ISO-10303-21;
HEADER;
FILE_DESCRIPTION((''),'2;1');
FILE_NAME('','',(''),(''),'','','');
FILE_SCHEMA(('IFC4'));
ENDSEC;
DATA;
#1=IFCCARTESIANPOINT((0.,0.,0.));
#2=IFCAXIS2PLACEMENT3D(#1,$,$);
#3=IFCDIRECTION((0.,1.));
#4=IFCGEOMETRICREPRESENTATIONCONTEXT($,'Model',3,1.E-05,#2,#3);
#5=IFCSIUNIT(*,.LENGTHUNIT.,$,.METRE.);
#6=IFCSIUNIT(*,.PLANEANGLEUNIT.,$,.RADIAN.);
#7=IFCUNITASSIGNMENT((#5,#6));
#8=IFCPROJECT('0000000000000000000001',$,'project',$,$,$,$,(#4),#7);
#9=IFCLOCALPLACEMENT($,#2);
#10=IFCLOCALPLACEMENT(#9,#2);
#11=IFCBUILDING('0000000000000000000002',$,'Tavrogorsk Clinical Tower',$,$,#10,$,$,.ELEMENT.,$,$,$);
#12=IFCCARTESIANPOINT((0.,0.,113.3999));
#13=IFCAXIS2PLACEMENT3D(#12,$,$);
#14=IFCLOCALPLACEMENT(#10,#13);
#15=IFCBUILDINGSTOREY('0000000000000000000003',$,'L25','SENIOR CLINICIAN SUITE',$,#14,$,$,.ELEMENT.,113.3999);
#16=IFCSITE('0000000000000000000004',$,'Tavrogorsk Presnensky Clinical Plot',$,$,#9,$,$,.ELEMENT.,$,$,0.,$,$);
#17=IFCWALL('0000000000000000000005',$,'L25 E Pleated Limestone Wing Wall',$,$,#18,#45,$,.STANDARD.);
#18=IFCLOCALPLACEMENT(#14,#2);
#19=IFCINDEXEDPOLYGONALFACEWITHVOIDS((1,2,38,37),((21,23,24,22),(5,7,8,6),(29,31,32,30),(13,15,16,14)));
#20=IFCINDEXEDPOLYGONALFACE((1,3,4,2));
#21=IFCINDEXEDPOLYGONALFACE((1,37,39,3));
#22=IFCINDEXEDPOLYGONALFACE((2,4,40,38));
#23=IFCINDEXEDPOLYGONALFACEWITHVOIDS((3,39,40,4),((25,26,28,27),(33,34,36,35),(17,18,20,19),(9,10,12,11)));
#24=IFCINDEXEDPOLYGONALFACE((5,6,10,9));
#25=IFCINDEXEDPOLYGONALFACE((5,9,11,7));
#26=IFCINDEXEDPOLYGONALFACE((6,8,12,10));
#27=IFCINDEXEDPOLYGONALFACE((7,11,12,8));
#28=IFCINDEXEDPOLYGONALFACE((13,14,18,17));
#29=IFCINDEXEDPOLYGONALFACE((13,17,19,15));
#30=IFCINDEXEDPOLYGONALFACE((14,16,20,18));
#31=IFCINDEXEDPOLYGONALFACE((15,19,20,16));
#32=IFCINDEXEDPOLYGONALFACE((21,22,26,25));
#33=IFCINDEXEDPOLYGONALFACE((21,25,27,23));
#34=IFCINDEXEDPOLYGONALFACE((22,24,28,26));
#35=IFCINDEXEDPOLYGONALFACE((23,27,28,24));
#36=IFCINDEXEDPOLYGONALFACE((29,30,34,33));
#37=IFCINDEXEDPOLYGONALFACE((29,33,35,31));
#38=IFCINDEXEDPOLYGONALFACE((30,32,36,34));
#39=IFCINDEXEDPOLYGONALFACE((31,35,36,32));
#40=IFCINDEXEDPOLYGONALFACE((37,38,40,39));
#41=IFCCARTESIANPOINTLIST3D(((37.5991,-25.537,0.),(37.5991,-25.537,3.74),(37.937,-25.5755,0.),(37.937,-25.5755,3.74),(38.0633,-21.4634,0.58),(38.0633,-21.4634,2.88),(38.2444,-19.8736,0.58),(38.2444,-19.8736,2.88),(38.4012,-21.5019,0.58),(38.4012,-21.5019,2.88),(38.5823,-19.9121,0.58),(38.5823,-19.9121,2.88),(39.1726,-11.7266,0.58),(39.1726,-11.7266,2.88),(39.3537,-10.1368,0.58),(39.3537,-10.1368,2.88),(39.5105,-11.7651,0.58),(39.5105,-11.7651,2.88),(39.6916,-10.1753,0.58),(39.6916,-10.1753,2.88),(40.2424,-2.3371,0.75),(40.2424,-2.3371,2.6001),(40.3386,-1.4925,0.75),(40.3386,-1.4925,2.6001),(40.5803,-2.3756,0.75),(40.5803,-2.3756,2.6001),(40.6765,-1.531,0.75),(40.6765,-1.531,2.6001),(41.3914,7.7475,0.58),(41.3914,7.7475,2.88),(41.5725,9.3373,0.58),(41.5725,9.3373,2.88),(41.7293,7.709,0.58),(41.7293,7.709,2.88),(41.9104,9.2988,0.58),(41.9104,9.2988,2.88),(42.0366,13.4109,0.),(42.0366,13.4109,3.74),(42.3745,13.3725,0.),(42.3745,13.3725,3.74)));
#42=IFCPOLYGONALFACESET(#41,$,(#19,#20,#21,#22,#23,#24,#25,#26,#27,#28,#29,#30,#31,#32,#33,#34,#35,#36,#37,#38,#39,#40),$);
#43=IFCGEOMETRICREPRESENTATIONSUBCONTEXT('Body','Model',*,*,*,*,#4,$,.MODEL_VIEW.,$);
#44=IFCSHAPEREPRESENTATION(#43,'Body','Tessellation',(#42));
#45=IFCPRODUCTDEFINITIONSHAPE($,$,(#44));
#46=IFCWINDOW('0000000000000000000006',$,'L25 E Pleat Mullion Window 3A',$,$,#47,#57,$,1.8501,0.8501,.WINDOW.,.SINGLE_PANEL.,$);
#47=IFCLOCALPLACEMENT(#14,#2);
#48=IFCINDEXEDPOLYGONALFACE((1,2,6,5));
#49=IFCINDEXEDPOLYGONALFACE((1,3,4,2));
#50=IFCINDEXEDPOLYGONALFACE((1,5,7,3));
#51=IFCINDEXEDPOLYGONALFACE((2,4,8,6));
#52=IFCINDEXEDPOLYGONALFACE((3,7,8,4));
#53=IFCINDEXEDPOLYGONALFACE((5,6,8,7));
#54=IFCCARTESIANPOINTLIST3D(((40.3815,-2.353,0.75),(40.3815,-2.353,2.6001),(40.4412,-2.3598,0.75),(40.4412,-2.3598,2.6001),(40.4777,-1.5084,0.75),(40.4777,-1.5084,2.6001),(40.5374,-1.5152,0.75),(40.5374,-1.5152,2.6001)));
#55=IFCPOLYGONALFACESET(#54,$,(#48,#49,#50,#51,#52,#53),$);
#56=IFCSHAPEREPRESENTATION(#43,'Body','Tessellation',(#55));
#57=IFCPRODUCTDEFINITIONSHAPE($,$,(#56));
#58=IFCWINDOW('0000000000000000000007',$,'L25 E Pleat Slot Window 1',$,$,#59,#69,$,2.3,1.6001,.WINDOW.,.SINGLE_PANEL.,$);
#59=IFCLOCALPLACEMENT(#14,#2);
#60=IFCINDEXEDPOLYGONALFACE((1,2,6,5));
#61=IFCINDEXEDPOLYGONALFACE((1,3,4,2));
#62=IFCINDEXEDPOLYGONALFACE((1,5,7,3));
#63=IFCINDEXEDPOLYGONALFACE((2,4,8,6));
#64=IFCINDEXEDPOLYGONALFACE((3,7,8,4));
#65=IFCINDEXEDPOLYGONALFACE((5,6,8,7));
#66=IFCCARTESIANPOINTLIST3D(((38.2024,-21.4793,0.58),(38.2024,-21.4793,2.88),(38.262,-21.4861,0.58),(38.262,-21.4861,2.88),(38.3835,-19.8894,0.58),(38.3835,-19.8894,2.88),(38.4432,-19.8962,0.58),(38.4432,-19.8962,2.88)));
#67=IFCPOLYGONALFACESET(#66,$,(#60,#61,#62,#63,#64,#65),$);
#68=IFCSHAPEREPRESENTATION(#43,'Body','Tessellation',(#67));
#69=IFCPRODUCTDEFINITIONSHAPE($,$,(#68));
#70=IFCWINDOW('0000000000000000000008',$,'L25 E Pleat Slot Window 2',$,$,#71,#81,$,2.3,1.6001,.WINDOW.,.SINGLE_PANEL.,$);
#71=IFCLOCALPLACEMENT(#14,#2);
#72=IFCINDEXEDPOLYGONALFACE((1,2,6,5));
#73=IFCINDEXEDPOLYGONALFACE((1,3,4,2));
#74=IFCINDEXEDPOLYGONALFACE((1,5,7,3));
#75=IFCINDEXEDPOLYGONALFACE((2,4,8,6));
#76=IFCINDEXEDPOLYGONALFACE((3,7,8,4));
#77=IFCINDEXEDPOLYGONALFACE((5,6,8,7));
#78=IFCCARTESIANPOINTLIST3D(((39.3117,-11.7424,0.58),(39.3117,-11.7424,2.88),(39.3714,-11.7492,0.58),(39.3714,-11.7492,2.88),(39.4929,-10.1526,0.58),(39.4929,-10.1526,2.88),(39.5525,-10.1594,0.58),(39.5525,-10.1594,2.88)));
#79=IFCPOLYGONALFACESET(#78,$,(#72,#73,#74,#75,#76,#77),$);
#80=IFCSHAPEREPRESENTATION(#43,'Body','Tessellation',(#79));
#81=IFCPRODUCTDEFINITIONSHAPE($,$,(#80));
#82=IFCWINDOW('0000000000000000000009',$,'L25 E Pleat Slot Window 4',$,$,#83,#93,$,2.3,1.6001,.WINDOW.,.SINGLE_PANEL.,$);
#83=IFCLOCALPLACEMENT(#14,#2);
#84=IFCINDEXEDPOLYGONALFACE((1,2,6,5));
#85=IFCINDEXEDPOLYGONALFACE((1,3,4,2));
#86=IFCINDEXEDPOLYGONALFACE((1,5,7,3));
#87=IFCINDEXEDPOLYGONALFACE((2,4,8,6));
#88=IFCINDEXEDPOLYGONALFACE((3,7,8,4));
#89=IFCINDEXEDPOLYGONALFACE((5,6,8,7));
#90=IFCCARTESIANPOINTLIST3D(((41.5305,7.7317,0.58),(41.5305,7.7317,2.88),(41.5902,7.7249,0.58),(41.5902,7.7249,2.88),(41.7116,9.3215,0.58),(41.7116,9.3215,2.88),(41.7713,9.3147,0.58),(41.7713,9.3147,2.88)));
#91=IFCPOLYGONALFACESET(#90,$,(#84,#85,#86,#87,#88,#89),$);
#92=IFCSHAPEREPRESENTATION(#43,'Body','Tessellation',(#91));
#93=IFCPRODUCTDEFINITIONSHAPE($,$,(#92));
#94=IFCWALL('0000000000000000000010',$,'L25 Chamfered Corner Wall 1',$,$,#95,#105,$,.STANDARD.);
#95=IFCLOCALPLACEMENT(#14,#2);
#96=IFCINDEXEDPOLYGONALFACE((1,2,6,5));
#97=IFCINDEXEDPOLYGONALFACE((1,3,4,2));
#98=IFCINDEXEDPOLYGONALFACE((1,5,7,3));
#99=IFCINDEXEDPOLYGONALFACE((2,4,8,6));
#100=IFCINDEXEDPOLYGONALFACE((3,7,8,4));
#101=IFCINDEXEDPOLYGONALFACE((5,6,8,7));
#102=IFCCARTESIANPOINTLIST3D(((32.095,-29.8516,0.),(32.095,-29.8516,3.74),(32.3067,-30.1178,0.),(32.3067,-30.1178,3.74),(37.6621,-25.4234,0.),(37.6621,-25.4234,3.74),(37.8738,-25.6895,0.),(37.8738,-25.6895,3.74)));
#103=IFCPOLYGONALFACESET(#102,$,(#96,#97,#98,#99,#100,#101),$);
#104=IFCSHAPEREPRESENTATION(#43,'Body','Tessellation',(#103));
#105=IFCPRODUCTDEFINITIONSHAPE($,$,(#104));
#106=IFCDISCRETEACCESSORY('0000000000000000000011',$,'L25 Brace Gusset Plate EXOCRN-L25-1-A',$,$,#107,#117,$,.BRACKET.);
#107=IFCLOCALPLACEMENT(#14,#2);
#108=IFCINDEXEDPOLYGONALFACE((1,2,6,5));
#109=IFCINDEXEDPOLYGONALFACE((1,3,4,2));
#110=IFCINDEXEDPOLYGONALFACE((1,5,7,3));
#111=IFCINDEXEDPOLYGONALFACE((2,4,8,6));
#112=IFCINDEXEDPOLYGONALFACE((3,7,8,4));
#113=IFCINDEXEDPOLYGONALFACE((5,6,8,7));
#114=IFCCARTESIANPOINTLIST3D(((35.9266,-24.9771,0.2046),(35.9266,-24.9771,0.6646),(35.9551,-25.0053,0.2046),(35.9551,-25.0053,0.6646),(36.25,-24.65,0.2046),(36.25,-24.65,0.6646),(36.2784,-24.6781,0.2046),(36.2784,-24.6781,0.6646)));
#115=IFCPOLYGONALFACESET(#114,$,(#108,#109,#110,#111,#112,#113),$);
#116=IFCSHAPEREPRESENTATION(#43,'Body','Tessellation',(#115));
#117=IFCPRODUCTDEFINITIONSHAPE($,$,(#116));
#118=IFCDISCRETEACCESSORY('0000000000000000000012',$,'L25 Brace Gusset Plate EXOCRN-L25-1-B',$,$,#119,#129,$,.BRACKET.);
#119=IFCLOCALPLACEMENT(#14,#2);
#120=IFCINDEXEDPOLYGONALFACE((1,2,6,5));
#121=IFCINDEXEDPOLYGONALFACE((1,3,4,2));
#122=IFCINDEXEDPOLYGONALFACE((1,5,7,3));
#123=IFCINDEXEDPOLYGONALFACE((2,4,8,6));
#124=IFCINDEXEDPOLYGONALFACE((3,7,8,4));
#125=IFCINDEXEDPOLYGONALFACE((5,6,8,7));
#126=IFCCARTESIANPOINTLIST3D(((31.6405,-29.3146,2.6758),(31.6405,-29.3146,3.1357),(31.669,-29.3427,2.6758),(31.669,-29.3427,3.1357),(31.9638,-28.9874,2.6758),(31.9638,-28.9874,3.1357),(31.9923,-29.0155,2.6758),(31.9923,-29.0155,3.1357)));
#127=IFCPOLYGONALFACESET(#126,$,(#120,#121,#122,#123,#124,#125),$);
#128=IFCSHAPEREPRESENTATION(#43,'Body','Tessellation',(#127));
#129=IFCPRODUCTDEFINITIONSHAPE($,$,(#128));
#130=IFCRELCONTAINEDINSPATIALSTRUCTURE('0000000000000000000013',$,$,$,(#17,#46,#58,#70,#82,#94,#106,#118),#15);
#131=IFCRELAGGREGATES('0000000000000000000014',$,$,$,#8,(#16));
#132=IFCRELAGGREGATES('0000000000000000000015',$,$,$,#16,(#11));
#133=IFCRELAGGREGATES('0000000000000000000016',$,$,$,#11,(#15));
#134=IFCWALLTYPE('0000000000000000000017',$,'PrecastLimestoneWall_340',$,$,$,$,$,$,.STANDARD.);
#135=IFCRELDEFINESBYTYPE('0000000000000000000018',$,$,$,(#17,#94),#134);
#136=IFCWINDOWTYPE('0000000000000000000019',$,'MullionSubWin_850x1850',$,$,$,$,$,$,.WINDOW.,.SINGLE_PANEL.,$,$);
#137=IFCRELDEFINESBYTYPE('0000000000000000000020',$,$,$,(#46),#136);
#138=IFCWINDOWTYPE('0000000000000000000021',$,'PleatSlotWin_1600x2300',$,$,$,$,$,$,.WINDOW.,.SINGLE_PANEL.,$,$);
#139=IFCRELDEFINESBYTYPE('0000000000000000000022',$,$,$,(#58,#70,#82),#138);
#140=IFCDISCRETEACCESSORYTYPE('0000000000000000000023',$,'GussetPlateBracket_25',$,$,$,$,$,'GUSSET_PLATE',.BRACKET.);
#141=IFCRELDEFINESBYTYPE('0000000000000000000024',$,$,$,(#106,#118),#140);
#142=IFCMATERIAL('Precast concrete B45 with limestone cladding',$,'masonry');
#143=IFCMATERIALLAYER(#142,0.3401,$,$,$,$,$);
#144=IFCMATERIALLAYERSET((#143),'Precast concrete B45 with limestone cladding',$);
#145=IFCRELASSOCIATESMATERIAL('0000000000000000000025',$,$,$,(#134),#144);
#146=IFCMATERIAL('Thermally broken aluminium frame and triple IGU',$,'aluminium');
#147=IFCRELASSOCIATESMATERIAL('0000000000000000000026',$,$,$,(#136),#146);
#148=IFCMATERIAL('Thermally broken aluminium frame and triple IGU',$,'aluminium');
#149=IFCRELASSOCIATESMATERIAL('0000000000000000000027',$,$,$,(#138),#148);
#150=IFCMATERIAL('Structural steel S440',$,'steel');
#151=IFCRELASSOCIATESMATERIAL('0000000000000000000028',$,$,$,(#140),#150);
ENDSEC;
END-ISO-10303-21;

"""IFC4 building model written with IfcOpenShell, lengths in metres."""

from ifc_helpers import new_model, si_unit, direction, frame, frame_2d, origin, origin_2d, place, context, subcontext, project, spatial, rectangle, extrude, material, layer, layer_set, type_object, element, fill, save


model = new_model("IFC4")

# Units and contexts
model_context = context("Model", 3, precision=1e-05, world=origin(), true_north=direction((0.0, 1.0)))
body_context = subcontext(model_context, "Body", "Model", "MODEL_VIEW")
ifc_project = project(units=[si_unit("LENGTHUNIT", "METRE"), si_unit("PLANEANGLEUNIT", "RADIAN")], contexts=[model_context])

# Site, building, storey
site_placement = place(None, origin())
site = spatial("IfcSite", under=ifc_project, at=site_placement, Name="Tavrogorsk Presnensky Clinical Plot", CompositionType="ELEMENT", RefElevation=0.0)
building_placement = place(site_placement, origin())
building = spatial("IfcBuilding", under=site, at=building_placement, Name="Tavrogorsk Clinical Tower", CompositionType="ELEMENT")
storey_placement = place(building_placement, frame((0.0, 0.0, 113.3999)))
storey = spatial("IfcBuildingStorey", under=building, at=storey_placement, Name="L25", Description="SENIOR CLINICIAN SUITE", CompositionType="ELEMENT", Elevation=113.3999)

# Wall, openings, windows
ifc_material_1 = material(Name="Precast concrete B45 with limestone cladding", Category="masonry")
ifc_layer_1 = layer(ifc_material_1, 0.3401)
ifc_layer_set_1 = layer_set([ifc_layer_1], Name="Precast concrete B45 with limestone cladding")
wall_type_1 = type_object("IfcWallType", Name="PrecastLimestoneWall_340", PredefinedType="STANDARD", material=ifc_layer_set_1)
wall_1_placement = place(storey_placement, frame((37.7681, -25.5564, 0.0), z_axis=(0.0, 0.0, 1.0), x_axis=(0.113202, 0.993572, 0.0)))
wall_1 = element("IfcWall", 1, at=wall_1_placement, inside=storey, type_object=wall_type_1, Name="L25 E Pleated Limestone Wing Wall", PredefinedType="STANDARD", context=body_context, shape_type="SweptSolid", body=[
    extrude(rectangle(XDim=39.2, YDim=0.3401, at=frame_2d((19.6001, 0.0))), origin(), (0.0, 0.0, 1.0), 3.74),
])
opening_1_placement = place(wall_1_placement, frame((4.1001, 0.0, 0.5801)))
opening_1 = element("IfcOpeningElement", 2, at=opening_1_placement, cuts=wall_1, PredefinedType="OPENING", context=body_context, shape_type="SweptSolid", body=[
    extrude(rectangle(XDim=1.6001, YDim=2.3, at=frame_2d((0.8, 1.1499))), frame((0.0, 0.1799, 0.0), z_axis=(0.0, -1.0, 0.0), x_axis=(1.0, 0.0, 0.0)), (0.0, 0.0, 1.0), 0.3601),
])
opening_2_placement = place(wall_1_placement, frame((13.8999, 0.0, 0.5801)))
opening_2 = element("IfcOpeningElement", 3, at=opening_2_placement, cuts=wall_1, PredefinedType="OPENING", context=body_context, shape_type="SweptSolid", body=[
    extrude(rectangle(XDim=1.6001, YDim=2.3, at=frame_2d((0.8, 1.1499))), frame((0.0, 0.1799, 0.0), z_axis=(0.0, -1.0, 0.0), x_axis=(1.0, 0.0, 0.0)), (0.0, 0.0, 1.0), 0.3601),
])
opening_3_placement = place(wall_1_placement, frame((23.3501, 0.0, 0.75)))
opening_3 = element("IfcOpeningElement", 4, at=opening_3_placement, cuts=wall_1, PredefinedType="OPENING", context=body_context, shape_type="SweptSolid", body=[
    extrude(rectangle(XDim=0.8501, YDim=1.8501, at=frame_2d((0.425, 0.925))), frame((0.0, 0.1799, 0.0), z_axis=(0.0, -1.0, 0.0), x_axis=(1.0, 0.0, 0.0)), (0.0, 0.0, 1.0), 0.3601),
])
opening_4_placement = place(wall_1_placement, frame((33.5, 0.0, 0.5801)))
opening_4 = element("IfcOpeningElement", 5, at=opening_4_placement, cuts=wall_1, PredefinedType="OPENING", context=body_context, shape_type="SweptSolid", body=[
    extrude(rectangle(XDim=1.6001, YDim=2.3, at=frame_2d((0.8, 1.1499))), frame((0.0, 0.1799, 0.0), z_axis=(0.0, -1.0, 0.0), x_axis=(1.0, 0.0, 0.0)), (0.0, 0.0, 1.0), 0.3601),
])
ifc_material_2 = material(Name="Thermally broken aluminium frame and triple IGU", Category="aluminium")
window_type_1 = type_object("IfcWindowType", Name="MullionSubWin_850x1850", PartitioningType="SINGLE_PANEL", PredefinedType="WINDOW", material=ifc_material_2)
window_1_placement = place(opening_3_placement, origin())
window_1 = element("IfcWindow", 6, at=window_1_placement, inside=storey, type_object=window_type_1, Name="L25 E Pleat Mullion Window 3A", OverallHeight=1.8501, OverallWidth=0.8501, PartitioningType="SINGLE_PANEL", PredefinedType="WINDOW", context=body_context, shape_type="SweptSolid", body=[
    extrude(rectangle(XDim=0.8501, YDim=1.8501, at=frame_2d((0.425, 0.925))), frame((0.0, 0.03, 0.0), z_axis=(0.0, -1.0, 0.0), x_axis=(1.0, 0.0, 0.0)), (0.0, 0.0, 1.0), 0.0601),
])
fill(opening_3, window_1)
ifc_material_3 = material(Name="Thermally broken aluminium frame and triple IGU", Category="aluminium")
window_type_2 = type_object("IfcWindowType", Name="PleatSlotWin_1600x2300", PartitioningType="SINGLE_PANEL", PredefinedType="WINDOW", material=ifc_material_3)
window_2_placement = place(opening_1_placement, origin())
window_2 = element("IfcWindow", 7, at=window_2_placement, inside=storey, type_object=window_type_2, Name="L25 E Pleat Slot Window 1", OverallHeight=2.3, OverallWidth=1.6001, PartitioningType="SINGLE_PANEL", PredefinedType="WINDOW", context=body_context, shape_type="SweptSolid", body=[
    extrude(rectangle(XDim=1.6001, YDim=2.3, at=frame_2d((0.8, 1.1499))), frame((0.0, 0.03, 0.0), z_axis=(0.0, -1.0, 0.0), x_axis=(1.0, 0.0, 0.0)), (0.0, 0.0, 1.0), 0.0601),
])
fill(opening_1, window_2)
window_3_placement = place(opening_2_placement, origin())
window_3 = element("IfcWindow", 8, at=window_3_placement, inside=storey, type_object=window_type_2, Name="L25 E Pleat Slot Window 2", OverallHeight=2.3, OverallWidth=1.6001, PartitioningType="SINGLE_PANEL", PredefinedType="WINDOW", context=body_context, shape_type="SweptSolid", body=[
    extrude(rectangle(XDim=1.6001, YDim=2.3, at=frame_2d((0.8, 1.1499))), frame((0.0, 0.03, 0.0), z_axis=(0.0, -1.0, 0.0), x_axis=(1.0, 0.0, 0.0)), (0.0, 0.0, 1.0), 0.0601),
])
fill(opening_2, window_3)
window_4_placement = place(opening_4_placement, origin())
window_4 = element("IfcWindow", 9, at=window_4_placement, inside=storey, type_object=window_type_2, Name="L25 E Pleat Slot Window 4", OverallHeight=2.3, OverallWidth=1.6001, PartitioningType="SINGLE_PANEL", PredefinedType="WINDOW", context=body_context, shape_type="SweptSolid", body=[
    extrude(rectangle(XDim=1.6001, YDim=2.3, at=frame_2d((0.8, 1.1499))), frame((0.0, 0.03, 0.0), z_axis=(0.0, -1.0, 0.0), x_axis=(1.0, 0.0, 0.0)), (0.0, 0.0, 1.0), 0.0601),
])
fill(opening_4, window_4)

# Wall
wall_2_placement = place(storey_placement, frame((32.2009, -29.9846, 0.0), z_axis=(0.0, 0.0, 1.0), x_axis=(0.782614, 0.622508, 0.0)))
element("IfcWall", 10, at=wall_2_placement, inside=storey, type_object=wall_type_1, Name="L25 Chamfered Corner Wall 1", PredefinedType="STANDARD", context=body_context, shape_type="SweptSolid", body=[
    extrude(rectangle(XDim=7.1135, YDim=0.3401, at=frame_2d((3.5566, 0.0))), origin(), (0.0, 0.0, 1.0), 3.74),
])

# Discrete accessories
ifc_material_4 = material(Name="Structural steel S440", Category="steel")
discrete_accessory_type = type_object("IfcDiscreteAccessoryType", Name="GussetPlateBracket_25", ElementType="GUSSET_PLATE", PredefinedType="BRACKET", material=ifc_material_4)
for number, where, z_axis, x_axis, name in (
    (11, (36.1025, -24.8276, 0.2046), (0.0, 0.0, 1.0), (-0.702898, -0.71129, 0.0), "L25 Brace Gusset Plate EXOCRN-L25-1-A"),
    (12, (31.8164, -29.165, 2.6758), (0.0, 0.0, 1.0), (-0.702898, -0.71129, 0.0), "L25 Brace Gusset Plate EXOCRN-L25-1-B"),
):
    element("IfcDiscreteAccessory", number, at=place(storey_placement, frame(where, z_axis=z_axis, x_axis=x_axis)), inside=storey, type_object=discrete_accessory_type, Name=name, PredefinedType="BRACKET", context=body_context, shape_type="SweptSolid", body=[
        extrude(rectangle(XDim=0.46, YDim=0.04, at=origin_2d()), origin(), (0.0, 0.0, 1.0), 0.46),
    ])

save(model, "model.ifc")
